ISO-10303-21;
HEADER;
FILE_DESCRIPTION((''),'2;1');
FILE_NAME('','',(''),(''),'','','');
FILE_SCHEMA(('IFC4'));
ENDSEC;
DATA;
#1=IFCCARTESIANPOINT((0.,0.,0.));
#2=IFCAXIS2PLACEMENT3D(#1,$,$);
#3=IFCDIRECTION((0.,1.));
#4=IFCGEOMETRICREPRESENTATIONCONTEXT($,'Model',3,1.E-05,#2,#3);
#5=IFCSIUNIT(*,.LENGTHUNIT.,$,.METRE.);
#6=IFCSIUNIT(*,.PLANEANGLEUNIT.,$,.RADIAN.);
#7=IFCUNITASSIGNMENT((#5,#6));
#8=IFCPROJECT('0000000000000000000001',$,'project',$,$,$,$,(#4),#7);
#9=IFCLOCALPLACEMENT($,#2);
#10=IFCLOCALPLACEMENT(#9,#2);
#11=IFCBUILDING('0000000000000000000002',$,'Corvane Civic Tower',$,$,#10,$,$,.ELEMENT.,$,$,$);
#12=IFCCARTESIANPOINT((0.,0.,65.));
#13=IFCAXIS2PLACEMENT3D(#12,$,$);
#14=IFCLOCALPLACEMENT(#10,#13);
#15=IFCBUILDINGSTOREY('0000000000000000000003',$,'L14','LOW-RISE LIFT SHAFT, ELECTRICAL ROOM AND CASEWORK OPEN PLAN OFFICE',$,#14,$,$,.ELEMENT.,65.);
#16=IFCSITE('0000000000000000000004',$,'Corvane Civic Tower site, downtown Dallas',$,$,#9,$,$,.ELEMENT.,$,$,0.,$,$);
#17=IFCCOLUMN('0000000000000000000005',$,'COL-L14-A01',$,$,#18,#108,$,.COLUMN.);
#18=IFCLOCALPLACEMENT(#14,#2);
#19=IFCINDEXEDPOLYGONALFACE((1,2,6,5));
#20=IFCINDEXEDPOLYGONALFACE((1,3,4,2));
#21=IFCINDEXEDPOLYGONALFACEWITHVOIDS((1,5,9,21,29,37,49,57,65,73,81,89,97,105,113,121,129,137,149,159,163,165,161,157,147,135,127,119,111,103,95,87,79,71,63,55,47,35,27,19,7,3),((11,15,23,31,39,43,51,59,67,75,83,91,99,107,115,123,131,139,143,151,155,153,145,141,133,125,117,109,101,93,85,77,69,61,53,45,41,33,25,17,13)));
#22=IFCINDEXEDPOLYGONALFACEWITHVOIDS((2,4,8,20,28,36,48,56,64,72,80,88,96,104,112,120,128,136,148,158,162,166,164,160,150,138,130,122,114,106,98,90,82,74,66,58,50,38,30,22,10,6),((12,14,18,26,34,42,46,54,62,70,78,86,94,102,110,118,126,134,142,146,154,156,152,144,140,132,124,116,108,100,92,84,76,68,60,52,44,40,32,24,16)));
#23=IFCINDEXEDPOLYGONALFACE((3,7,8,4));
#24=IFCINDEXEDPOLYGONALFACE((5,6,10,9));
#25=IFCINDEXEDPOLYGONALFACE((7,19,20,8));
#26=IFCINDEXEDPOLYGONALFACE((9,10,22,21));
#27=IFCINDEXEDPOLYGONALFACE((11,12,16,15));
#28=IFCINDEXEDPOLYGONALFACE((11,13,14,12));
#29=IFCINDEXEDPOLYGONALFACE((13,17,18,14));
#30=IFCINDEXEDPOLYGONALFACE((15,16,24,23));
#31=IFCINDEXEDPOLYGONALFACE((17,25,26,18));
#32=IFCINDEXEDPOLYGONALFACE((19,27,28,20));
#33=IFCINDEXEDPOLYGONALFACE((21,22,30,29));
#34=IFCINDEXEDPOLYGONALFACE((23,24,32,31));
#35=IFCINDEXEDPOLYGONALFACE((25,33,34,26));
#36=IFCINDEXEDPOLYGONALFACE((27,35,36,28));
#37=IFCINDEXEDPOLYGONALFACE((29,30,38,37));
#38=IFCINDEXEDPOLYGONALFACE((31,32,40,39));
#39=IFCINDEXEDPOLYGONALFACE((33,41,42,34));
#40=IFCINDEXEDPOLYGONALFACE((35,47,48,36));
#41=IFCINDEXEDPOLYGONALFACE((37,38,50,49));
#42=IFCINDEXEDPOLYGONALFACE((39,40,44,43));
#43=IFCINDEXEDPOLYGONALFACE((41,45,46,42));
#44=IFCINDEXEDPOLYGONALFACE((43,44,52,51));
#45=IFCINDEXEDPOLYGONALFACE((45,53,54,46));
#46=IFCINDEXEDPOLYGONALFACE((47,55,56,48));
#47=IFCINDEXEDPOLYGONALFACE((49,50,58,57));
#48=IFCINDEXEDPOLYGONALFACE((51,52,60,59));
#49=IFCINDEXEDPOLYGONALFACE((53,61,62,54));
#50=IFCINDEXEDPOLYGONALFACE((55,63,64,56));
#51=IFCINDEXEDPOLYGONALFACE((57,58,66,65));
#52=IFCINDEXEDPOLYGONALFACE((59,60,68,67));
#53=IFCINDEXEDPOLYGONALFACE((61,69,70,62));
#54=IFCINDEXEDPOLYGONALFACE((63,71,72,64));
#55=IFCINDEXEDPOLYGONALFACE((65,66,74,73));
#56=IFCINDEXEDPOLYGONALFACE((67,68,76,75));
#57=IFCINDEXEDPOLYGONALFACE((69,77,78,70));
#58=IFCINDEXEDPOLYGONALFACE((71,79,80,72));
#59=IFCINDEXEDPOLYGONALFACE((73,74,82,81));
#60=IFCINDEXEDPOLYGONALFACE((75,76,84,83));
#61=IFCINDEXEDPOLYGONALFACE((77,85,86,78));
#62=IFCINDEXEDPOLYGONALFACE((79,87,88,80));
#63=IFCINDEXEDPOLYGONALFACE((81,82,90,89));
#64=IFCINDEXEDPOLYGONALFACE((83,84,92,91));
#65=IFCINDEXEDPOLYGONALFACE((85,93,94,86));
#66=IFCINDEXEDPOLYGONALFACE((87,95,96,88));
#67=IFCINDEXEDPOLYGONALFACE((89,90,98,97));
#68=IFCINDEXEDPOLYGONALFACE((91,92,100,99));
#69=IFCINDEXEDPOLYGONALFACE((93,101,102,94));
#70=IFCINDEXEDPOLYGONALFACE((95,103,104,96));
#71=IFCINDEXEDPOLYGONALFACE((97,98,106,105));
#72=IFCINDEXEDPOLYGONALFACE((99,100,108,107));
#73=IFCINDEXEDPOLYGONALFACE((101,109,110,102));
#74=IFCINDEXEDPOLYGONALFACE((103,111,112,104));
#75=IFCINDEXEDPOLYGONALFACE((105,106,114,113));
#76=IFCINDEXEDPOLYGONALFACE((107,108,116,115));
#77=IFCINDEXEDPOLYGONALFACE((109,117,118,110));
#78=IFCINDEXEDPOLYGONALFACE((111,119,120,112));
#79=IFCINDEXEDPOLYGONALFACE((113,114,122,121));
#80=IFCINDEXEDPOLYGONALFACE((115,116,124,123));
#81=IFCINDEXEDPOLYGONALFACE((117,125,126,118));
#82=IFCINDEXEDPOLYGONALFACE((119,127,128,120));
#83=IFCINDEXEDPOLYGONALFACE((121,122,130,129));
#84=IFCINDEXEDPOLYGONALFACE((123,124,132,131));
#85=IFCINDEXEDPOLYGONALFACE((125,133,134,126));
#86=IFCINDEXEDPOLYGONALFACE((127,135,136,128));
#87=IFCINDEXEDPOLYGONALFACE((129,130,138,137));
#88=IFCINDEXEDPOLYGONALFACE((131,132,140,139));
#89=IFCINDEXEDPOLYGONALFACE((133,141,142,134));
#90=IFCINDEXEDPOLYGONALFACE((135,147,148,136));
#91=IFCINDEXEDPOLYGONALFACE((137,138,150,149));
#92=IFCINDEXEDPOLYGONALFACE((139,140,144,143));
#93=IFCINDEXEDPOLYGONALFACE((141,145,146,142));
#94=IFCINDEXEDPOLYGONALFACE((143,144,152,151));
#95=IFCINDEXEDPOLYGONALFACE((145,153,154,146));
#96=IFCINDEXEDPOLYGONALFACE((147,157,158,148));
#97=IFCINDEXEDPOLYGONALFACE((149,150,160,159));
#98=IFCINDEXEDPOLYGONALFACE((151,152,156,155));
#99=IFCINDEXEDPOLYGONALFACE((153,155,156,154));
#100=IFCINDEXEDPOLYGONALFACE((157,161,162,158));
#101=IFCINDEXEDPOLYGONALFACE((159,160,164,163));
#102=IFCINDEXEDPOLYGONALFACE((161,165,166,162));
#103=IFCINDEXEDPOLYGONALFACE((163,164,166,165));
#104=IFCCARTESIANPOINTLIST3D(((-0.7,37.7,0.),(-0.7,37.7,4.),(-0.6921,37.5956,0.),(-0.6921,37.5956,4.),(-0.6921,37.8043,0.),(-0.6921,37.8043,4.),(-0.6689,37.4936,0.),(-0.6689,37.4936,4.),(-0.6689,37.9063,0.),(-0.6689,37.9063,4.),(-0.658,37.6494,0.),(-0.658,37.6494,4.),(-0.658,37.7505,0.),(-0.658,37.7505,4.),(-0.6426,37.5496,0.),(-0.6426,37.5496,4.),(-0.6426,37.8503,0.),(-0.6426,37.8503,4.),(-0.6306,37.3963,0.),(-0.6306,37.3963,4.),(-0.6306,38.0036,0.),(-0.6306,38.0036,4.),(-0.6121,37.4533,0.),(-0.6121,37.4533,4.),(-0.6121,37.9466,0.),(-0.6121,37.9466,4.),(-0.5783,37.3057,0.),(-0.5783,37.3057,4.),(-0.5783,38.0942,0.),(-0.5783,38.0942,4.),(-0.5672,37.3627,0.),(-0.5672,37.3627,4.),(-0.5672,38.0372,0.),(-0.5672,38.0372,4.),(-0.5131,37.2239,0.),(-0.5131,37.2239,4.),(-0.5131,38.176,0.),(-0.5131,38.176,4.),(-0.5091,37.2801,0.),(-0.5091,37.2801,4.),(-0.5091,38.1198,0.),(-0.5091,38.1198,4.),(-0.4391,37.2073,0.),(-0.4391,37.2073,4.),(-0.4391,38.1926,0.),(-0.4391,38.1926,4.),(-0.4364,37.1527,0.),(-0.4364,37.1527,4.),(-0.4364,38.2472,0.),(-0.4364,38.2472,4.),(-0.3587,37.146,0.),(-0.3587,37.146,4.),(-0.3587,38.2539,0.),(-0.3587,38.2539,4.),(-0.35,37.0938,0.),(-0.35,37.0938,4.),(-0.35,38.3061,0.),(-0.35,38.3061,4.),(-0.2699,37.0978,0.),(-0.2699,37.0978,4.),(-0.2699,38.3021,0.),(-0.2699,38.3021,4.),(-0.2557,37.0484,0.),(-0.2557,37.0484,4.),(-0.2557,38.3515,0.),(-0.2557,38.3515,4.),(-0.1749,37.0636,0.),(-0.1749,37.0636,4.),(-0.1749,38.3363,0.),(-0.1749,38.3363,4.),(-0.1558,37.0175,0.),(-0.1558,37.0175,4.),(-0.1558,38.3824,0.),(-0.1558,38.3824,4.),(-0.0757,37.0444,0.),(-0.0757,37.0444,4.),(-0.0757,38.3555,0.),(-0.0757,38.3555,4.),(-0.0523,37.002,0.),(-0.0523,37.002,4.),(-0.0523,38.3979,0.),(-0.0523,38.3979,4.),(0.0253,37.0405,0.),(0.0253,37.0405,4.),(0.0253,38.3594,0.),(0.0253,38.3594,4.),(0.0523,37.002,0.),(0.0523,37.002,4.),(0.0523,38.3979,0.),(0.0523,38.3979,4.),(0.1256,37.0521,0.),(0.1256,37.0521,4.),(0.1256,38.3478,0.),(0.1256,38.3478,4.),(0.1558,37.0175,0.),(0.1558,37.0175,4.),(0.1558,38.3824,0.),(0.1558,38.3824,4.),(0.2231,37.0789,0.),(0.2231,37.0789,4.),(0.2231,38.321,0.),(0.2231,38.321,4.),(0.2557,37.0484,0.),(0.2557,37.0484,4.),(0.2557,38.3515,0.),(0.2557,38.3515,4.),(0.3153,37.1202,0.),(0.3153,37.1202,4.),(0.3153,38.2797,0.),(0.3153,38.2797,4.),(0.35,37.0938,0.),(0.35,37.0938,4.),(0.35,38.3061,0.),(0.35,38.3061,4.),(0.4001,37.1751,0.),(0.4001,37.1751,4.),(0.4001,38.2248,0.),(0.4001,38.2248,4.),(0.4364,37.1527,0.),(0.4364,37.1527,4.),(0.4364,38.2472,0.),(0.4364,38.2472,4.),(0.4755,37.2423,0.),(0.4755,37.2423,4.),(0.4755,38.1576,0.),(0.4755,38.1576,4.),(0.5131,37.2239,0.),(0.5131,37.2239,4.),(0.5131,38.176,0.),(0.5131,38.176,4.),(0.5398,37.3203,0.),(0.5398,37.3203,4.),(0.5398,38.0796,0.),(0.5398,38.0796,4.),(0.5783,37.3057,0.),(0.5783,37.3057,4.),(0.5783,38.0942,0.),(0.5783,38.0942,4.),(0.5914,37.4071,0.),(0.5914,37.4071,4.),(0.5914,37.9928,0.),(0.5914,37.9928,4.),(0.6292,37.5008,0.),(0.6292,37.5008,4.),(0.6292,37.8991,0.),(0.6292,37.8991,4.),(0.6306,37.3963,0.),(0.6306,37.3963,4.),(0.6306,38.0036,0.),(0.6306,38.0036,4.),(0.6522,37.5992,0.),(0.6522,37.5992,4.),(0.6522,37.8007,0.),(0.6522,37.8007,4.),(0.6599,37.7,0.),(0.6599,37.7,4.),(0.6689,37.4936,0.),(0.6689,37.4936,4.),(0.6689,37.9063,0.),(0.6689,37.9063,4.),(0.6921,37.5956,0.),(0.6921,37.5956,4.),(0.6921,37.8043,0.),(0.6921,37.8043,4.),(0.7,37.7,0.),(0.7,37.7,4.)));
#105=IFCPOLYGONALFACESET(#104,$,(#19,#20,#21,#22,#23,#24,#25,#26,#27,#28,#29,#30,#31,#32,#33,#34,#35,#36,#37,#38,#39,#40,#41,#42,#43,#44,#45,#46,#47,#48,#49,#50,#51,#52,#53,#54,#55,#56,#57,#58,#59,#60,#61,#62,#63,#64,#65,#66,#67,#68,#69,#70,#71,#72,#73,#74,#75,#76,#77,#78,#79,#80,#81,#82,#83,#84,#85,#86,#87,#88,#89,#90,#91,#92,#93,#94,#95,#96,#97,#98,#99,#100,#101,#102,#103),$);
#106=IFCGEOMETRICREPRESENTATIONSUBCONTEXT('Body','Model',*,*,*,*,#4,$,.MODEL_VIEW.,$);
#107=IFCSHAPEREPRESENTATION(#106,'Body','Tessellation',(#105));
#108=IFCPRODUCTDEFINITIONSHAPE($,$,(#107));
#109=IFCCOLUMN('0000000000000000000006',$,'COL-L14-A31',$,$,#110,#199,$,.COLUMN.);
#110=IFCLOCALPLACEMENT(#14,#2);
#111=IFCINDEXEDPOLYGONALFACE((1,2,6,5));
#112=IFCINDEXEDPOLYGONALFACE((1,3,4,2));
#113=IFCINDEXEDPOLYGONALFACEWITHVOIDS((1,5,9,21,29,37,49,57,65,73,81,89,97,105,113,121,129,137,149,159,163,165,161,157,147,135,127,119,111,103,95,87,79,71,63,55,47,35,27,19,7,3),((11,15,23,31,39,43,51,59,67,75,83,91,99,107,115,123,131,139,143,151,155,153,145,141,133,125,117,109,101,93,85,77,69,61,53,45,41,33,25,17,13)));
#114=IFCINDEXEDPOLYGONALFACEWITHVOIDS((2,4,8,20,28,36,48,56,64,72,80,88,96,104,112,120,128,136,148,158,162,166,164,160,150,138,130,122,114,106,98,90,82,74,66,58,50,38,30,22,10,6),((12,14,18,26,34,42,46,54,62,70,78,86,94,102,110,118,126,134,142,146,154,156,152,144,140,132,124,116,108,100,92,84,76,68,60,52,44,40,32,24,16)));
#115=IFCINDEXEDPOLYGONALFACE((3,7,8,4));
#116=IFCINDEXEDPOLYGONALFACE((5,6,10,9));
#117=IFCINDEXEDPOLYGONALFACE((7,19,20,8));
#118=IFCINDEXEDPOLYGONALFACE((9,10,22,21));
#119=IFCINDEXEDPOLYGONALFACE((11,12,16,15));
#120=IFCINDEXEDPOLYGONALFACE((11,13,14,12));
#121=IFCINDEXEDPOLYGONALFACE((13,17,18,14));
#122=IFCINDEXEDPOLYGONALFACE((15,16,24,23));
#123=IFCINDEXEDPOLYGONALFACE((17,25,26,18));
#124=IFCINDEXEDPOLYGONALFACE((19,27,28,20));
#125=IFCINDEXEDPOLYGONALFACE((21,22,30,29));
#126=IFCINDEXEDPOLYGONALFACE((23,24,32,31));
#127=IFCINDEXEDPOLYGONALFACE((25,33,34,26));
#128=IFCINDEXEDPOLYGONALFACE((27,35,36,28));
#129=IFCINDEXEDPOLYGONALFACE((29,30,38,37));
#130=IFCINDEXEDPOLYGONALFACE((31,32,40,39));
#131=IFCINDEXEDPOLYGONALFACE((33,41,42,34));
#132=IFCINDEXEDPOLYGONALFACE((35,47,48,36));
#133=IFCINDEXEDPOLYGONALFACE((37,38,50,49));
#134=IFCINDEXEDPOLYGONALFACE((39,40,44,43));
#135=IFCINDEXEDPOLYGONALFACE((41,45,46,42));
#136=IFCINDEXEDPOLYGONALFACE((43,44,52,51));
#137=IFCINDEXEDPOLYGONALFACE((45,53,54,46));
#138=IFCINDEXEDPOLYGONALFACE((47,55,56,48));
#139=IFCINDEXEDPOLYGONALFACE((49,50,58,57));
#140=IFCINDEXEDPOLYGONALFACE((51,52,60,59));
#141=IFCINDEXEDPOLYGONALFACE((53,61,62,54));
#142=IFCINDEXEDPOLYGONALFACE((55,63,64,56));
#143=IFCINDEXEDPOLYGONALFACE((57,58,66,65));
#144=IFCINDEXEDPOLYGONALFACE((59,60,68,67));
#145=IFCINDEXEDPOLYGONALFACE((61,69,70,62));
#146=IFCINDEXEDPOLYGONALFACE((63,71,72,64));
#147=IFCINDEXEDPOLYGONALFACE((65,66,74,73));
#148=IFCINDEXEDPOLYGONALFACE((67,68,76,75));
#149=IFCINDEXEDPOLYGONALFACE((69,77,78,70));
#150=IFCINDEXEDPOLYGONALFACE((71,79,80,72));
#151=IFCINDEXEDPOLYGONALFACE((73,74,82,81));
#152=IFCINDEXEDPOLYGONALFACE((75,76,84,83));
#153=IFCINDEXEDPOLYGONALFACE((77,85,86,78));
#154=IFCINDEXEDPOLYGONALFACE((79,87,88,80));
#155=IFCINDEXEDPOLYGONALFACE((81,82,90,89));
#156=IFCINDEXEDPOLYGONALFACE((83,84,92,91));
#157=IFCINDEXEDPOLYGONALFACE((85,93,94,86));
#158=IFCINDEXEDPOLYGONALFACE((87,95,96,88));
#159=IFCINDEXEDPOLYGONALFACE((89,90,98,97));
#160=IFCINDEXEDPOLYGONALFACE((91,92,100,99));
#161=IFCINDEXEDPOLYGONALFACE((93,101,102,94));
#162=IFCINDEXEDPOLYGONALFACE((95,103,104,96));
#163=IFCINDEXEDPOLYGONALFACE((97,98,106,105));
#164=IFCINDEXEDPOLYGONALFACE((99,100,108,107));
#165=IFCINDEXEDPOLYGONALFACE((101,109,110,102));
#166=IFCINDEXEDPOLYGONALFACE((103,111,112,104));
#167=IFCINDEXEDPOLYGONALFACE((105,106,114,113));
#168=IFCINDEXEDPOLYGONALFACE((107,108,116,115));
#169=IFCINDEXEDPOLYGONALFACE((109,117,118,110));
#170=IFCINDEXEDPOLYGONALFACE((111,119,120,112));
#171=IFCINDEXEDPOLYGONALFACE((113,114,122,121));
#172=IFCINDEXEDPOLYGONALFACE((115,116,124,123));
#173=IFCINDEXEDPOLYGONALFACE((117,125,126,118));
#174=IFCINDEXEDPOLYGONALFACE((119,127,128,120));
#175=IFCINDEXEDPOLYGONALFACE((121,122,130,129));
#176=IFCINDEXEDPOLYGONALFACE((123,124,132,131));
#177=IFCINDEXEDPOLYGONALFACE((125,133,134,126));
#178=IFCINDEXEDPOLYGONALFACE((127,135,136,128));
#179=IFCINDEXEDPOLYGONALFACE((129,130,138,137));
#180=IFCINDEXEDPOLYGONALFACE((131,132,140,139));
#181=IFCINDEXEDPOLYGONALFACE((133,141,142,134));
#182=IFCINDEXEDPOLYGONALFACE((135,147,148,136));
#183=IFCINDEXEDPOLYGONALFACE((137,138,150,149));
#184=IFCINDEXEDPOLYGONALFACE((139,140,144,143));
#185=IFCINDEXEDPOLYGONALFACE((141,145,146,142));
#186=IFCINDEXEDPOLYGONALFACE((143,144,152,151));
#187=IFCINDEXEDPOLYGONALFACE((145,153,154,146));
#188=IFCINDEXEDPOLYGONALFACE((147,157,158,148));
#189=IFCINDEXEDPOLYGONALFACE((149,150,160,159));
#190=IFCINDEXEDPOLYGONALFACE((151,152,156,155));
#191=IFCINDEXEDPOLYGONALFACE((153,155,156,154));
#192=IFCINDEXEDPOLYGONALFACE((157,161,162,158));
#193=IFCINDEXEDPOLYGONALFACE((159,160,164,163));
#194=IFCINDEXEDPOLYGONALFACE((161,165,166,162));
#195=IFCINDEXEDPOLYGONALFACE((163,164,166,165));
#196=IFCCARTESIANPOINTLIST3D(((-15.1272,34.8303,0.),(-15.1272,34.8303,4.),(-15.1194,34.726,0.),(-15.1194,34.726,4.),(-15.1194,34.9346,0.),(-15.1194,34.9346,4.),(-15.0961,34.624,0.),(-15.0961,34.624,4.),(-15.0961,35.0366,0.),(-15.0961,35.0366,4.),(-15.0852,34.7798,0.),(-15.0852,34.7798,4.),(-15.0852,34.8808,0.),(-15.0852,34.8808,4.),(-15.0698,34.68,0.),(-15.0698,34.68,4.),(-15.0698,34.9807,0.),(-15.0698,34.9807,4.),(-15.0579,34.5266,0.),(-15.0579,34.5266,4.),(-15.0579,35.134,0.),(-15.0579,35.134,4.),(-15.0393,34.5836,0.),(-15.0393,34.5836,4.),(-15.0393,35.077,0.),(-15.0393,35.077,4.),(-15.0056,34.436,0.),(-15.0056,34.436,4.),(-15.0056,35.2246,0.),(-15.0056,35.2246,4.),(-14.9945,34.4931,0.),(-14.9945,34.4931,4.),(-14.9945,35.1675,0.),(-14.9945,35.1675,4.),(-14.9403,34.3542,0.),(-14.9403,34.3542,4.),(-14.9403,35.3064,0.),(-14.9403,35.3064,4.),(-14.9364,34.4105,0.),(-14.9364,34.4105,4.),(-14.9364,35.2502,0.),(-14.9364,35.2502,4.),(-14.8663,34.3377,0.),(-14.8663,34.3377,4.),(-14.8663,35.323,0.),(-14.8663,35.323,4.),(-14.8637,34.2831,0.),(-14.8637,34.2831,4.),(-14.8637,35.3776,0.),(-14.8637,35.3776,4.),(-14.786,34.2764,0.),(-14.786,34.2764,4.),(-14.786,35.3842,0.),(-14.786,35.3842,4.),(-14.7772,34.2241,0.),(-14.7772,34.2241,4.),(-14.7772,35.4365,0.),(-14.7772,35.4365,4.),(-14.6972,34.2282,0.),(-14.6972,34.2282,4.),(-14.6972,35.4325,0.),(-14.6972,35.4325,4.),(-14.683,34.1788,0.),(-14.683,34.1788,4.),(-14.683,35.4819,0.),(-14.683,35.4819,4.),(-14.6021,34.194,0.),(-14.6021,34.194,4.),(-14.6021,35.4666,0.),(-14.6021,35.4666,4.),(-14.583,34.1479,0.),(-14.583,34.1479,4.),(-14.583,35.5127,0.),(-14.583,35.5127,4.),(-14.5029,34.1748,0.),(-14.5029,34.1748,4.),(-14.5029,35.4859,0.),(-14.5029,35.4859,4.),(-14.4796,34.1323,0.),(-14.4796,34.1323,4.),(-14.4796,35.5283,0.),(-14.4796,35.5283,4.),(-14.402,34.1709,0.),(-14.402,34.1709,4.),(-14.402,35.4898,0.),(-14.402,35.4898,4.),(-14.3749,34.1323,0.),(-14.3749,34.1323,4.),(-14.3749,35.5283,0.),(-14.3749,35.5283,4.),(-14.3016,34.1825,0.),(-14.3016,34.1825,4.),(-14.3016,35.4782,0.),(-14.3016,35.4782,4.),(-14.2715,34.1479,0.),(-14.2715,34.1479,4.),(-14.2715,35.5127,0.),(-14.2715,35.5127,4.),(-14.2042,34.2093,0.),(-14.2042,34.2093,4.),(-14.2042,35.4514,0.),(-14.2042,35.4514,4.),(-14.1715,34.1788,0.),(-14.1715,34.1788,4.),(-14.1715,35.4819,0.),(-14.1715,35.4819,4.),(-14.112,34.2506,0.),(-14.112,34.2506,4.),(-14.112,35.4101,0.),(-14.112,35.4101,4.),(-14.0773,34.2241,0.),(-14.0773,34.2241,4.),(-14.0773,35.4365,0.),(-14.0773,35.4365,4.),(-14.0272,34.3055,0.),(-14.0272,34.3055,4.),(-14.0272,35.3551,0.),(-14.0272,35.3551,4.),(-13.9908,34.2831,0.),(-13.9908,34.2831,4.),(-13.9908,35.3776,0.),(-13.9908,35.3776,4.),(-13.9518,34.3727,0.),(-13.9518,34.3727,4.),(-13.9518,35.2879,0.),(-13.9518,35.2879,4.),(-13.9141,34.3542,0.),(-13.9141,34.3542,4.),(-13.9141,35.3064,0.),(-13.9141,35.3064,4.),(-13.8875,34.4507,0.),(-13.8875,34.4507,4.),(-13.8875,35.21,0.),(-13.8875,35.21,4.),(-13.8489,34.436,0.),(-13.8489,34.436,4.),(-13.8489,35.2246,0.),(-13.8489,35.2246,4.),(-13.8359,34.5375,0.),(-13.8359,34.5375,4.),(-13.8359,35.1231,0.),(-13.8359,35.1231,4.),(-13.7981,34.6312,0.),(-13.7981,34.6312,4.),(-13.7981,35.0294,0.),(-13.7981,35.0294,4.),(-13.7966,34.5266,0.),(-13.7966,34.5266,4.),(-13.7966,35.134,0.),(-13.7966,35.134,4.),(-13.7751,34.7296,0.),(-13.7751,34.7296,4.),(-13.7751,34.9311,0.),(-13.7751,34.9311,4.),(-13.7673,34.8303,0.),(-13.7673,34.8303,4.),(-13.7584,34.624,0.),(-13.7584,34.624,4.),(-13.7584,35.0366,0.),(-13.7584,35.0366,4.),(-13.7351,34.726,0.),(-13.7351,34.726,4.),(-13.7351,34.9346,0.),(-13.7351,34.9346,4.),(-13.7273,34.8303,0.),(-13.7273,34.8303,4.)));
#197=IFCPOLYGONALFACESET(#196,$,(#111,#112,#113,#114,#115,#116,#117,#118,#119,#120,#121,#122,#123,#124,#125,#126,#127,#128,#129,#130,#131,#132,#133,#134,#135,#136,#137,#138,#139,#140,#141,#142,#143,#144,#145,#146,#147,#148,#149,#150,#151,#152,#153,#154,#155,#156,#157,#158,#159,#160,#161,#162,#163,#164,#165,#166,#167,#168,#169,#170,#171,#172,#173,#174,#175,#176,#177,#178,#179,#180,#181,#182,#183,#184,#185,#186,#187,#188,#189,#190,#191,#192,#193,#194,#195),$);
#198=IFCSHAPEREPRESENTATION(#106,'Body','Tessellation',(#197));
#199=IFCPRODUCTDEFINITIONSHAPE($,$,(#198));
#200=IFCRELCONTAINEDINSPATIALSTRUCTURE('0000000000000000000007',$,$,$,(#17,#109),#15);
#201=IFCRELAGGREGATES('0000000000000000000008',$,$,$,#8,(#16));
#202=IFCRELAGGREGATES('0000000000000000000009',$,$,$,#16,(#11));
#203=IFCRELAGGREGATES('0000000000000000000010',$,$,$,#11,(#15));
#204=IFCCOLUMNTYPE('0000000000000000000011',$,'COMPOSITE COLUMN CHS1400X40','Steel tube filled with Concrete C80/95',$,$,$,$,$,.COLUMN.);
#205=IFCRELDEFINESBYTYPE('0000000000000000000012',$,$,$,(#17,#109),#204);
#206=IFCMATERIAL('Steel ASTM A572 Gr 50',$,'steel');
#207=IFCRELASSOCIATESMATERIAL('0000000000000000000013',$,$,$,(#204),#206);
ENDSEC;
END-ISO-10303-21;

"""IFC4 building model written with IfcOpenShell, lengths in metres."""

from ifc_helpers import new_model, si_unit, direction, frame, origin, origin_2d, place, context, subcontext, project, spatial, hollow_circle, extrude, material, material_profile, profile_set, type_object, element, save


model = new_model("IFC4")

# Units and contexts
model_context = context("Model", 3, precision=1e-05, world=origin(), true_north=direction((0.0, 1.0)))
body_context = subcontext(model_context, "Body", "Model", "MODEL_VIEW")
ifc_project = project(units=[si_unit("LENGTHUNIT", "METRE"), si_unit("PLANEANGLEUNIT", "RADIAN")], contexts=[model_context])

# Site, building, storey
site_placement = place(None, origin())
site = spatial("IfcSite", under=ifc_project, at=site_placement, Name="Corvane Civic Tower site, downtown Dallas", CompositionType="ELEMENT", RefElevation=0.0)
building_placement = place(site_placement, origin())
building = spatial("IfcBuilding", under=site, at=building_placement, Name="Corvane Civic Tower", CompositionType="ELEMENT")
storey_placement = place(building_placement, frame((0.0, 0.0, 65.0)))
storey = spatial("IfcBuildingStorey", under=building, at=storey_placement, Name="L14", Description="LOW-RISE LIFT SHAFT, ELECTRICAL ROOM AND CASEWORK OPEN PLAN OFFICE", CompositionType="ELEMENT", Elevation=65.0)

# Columns
ifc_material_1 = material(Name="Steel ASTM A572 Gr 50", Category="steel")
ifc_material_profile_1 = material_profile(ifc_material_1, hollow_circle(Radius=0.7, WallThickness=0.04, at=origin_2d()), Name="CHS1400X40")
ifc_profile_set_1 = profile_set([ifc_material_profile_1], Name="Steel ASTM A572 Gr 50")
column_type = type_object("IfcColumnType", Name="COMPOSITE COLUMN CHS1400X40", Description="Steel tube filled with Concrete C80/95", PredefinedType="COLUMN", material=ifc_profile_set_1)
for number, where, z_axis, x_axis, name in (
    (1, (0.0, 37.7, 0.0), (0.0, 0.0, 1.0), (1.0, 0.0, 0.0), "COL-L14-A01"),
    (2, (-14.4272, 34.8303, 0.0), (0.0, 0.0, 1.0), (1.0, 0.0, 0.0), "COL-L14-A31"),
):
    element("IfcColumn", number, at=place(storey_placement, frame(where, z_axis=z_axis, x_axis=x_axis)), inside=storey, type_object=column_type, Name=name, PredefinedType="COLUMN", context=body_context, shape_type="SweptSolid", body=[
        extrude(hollow_circle(Radius=0.7, WallThickness=0.04, at=origin_2d()), origin(), (0.0, 0.0, 1.0), 4.0),
    ])

save(model, "model.ifc")
